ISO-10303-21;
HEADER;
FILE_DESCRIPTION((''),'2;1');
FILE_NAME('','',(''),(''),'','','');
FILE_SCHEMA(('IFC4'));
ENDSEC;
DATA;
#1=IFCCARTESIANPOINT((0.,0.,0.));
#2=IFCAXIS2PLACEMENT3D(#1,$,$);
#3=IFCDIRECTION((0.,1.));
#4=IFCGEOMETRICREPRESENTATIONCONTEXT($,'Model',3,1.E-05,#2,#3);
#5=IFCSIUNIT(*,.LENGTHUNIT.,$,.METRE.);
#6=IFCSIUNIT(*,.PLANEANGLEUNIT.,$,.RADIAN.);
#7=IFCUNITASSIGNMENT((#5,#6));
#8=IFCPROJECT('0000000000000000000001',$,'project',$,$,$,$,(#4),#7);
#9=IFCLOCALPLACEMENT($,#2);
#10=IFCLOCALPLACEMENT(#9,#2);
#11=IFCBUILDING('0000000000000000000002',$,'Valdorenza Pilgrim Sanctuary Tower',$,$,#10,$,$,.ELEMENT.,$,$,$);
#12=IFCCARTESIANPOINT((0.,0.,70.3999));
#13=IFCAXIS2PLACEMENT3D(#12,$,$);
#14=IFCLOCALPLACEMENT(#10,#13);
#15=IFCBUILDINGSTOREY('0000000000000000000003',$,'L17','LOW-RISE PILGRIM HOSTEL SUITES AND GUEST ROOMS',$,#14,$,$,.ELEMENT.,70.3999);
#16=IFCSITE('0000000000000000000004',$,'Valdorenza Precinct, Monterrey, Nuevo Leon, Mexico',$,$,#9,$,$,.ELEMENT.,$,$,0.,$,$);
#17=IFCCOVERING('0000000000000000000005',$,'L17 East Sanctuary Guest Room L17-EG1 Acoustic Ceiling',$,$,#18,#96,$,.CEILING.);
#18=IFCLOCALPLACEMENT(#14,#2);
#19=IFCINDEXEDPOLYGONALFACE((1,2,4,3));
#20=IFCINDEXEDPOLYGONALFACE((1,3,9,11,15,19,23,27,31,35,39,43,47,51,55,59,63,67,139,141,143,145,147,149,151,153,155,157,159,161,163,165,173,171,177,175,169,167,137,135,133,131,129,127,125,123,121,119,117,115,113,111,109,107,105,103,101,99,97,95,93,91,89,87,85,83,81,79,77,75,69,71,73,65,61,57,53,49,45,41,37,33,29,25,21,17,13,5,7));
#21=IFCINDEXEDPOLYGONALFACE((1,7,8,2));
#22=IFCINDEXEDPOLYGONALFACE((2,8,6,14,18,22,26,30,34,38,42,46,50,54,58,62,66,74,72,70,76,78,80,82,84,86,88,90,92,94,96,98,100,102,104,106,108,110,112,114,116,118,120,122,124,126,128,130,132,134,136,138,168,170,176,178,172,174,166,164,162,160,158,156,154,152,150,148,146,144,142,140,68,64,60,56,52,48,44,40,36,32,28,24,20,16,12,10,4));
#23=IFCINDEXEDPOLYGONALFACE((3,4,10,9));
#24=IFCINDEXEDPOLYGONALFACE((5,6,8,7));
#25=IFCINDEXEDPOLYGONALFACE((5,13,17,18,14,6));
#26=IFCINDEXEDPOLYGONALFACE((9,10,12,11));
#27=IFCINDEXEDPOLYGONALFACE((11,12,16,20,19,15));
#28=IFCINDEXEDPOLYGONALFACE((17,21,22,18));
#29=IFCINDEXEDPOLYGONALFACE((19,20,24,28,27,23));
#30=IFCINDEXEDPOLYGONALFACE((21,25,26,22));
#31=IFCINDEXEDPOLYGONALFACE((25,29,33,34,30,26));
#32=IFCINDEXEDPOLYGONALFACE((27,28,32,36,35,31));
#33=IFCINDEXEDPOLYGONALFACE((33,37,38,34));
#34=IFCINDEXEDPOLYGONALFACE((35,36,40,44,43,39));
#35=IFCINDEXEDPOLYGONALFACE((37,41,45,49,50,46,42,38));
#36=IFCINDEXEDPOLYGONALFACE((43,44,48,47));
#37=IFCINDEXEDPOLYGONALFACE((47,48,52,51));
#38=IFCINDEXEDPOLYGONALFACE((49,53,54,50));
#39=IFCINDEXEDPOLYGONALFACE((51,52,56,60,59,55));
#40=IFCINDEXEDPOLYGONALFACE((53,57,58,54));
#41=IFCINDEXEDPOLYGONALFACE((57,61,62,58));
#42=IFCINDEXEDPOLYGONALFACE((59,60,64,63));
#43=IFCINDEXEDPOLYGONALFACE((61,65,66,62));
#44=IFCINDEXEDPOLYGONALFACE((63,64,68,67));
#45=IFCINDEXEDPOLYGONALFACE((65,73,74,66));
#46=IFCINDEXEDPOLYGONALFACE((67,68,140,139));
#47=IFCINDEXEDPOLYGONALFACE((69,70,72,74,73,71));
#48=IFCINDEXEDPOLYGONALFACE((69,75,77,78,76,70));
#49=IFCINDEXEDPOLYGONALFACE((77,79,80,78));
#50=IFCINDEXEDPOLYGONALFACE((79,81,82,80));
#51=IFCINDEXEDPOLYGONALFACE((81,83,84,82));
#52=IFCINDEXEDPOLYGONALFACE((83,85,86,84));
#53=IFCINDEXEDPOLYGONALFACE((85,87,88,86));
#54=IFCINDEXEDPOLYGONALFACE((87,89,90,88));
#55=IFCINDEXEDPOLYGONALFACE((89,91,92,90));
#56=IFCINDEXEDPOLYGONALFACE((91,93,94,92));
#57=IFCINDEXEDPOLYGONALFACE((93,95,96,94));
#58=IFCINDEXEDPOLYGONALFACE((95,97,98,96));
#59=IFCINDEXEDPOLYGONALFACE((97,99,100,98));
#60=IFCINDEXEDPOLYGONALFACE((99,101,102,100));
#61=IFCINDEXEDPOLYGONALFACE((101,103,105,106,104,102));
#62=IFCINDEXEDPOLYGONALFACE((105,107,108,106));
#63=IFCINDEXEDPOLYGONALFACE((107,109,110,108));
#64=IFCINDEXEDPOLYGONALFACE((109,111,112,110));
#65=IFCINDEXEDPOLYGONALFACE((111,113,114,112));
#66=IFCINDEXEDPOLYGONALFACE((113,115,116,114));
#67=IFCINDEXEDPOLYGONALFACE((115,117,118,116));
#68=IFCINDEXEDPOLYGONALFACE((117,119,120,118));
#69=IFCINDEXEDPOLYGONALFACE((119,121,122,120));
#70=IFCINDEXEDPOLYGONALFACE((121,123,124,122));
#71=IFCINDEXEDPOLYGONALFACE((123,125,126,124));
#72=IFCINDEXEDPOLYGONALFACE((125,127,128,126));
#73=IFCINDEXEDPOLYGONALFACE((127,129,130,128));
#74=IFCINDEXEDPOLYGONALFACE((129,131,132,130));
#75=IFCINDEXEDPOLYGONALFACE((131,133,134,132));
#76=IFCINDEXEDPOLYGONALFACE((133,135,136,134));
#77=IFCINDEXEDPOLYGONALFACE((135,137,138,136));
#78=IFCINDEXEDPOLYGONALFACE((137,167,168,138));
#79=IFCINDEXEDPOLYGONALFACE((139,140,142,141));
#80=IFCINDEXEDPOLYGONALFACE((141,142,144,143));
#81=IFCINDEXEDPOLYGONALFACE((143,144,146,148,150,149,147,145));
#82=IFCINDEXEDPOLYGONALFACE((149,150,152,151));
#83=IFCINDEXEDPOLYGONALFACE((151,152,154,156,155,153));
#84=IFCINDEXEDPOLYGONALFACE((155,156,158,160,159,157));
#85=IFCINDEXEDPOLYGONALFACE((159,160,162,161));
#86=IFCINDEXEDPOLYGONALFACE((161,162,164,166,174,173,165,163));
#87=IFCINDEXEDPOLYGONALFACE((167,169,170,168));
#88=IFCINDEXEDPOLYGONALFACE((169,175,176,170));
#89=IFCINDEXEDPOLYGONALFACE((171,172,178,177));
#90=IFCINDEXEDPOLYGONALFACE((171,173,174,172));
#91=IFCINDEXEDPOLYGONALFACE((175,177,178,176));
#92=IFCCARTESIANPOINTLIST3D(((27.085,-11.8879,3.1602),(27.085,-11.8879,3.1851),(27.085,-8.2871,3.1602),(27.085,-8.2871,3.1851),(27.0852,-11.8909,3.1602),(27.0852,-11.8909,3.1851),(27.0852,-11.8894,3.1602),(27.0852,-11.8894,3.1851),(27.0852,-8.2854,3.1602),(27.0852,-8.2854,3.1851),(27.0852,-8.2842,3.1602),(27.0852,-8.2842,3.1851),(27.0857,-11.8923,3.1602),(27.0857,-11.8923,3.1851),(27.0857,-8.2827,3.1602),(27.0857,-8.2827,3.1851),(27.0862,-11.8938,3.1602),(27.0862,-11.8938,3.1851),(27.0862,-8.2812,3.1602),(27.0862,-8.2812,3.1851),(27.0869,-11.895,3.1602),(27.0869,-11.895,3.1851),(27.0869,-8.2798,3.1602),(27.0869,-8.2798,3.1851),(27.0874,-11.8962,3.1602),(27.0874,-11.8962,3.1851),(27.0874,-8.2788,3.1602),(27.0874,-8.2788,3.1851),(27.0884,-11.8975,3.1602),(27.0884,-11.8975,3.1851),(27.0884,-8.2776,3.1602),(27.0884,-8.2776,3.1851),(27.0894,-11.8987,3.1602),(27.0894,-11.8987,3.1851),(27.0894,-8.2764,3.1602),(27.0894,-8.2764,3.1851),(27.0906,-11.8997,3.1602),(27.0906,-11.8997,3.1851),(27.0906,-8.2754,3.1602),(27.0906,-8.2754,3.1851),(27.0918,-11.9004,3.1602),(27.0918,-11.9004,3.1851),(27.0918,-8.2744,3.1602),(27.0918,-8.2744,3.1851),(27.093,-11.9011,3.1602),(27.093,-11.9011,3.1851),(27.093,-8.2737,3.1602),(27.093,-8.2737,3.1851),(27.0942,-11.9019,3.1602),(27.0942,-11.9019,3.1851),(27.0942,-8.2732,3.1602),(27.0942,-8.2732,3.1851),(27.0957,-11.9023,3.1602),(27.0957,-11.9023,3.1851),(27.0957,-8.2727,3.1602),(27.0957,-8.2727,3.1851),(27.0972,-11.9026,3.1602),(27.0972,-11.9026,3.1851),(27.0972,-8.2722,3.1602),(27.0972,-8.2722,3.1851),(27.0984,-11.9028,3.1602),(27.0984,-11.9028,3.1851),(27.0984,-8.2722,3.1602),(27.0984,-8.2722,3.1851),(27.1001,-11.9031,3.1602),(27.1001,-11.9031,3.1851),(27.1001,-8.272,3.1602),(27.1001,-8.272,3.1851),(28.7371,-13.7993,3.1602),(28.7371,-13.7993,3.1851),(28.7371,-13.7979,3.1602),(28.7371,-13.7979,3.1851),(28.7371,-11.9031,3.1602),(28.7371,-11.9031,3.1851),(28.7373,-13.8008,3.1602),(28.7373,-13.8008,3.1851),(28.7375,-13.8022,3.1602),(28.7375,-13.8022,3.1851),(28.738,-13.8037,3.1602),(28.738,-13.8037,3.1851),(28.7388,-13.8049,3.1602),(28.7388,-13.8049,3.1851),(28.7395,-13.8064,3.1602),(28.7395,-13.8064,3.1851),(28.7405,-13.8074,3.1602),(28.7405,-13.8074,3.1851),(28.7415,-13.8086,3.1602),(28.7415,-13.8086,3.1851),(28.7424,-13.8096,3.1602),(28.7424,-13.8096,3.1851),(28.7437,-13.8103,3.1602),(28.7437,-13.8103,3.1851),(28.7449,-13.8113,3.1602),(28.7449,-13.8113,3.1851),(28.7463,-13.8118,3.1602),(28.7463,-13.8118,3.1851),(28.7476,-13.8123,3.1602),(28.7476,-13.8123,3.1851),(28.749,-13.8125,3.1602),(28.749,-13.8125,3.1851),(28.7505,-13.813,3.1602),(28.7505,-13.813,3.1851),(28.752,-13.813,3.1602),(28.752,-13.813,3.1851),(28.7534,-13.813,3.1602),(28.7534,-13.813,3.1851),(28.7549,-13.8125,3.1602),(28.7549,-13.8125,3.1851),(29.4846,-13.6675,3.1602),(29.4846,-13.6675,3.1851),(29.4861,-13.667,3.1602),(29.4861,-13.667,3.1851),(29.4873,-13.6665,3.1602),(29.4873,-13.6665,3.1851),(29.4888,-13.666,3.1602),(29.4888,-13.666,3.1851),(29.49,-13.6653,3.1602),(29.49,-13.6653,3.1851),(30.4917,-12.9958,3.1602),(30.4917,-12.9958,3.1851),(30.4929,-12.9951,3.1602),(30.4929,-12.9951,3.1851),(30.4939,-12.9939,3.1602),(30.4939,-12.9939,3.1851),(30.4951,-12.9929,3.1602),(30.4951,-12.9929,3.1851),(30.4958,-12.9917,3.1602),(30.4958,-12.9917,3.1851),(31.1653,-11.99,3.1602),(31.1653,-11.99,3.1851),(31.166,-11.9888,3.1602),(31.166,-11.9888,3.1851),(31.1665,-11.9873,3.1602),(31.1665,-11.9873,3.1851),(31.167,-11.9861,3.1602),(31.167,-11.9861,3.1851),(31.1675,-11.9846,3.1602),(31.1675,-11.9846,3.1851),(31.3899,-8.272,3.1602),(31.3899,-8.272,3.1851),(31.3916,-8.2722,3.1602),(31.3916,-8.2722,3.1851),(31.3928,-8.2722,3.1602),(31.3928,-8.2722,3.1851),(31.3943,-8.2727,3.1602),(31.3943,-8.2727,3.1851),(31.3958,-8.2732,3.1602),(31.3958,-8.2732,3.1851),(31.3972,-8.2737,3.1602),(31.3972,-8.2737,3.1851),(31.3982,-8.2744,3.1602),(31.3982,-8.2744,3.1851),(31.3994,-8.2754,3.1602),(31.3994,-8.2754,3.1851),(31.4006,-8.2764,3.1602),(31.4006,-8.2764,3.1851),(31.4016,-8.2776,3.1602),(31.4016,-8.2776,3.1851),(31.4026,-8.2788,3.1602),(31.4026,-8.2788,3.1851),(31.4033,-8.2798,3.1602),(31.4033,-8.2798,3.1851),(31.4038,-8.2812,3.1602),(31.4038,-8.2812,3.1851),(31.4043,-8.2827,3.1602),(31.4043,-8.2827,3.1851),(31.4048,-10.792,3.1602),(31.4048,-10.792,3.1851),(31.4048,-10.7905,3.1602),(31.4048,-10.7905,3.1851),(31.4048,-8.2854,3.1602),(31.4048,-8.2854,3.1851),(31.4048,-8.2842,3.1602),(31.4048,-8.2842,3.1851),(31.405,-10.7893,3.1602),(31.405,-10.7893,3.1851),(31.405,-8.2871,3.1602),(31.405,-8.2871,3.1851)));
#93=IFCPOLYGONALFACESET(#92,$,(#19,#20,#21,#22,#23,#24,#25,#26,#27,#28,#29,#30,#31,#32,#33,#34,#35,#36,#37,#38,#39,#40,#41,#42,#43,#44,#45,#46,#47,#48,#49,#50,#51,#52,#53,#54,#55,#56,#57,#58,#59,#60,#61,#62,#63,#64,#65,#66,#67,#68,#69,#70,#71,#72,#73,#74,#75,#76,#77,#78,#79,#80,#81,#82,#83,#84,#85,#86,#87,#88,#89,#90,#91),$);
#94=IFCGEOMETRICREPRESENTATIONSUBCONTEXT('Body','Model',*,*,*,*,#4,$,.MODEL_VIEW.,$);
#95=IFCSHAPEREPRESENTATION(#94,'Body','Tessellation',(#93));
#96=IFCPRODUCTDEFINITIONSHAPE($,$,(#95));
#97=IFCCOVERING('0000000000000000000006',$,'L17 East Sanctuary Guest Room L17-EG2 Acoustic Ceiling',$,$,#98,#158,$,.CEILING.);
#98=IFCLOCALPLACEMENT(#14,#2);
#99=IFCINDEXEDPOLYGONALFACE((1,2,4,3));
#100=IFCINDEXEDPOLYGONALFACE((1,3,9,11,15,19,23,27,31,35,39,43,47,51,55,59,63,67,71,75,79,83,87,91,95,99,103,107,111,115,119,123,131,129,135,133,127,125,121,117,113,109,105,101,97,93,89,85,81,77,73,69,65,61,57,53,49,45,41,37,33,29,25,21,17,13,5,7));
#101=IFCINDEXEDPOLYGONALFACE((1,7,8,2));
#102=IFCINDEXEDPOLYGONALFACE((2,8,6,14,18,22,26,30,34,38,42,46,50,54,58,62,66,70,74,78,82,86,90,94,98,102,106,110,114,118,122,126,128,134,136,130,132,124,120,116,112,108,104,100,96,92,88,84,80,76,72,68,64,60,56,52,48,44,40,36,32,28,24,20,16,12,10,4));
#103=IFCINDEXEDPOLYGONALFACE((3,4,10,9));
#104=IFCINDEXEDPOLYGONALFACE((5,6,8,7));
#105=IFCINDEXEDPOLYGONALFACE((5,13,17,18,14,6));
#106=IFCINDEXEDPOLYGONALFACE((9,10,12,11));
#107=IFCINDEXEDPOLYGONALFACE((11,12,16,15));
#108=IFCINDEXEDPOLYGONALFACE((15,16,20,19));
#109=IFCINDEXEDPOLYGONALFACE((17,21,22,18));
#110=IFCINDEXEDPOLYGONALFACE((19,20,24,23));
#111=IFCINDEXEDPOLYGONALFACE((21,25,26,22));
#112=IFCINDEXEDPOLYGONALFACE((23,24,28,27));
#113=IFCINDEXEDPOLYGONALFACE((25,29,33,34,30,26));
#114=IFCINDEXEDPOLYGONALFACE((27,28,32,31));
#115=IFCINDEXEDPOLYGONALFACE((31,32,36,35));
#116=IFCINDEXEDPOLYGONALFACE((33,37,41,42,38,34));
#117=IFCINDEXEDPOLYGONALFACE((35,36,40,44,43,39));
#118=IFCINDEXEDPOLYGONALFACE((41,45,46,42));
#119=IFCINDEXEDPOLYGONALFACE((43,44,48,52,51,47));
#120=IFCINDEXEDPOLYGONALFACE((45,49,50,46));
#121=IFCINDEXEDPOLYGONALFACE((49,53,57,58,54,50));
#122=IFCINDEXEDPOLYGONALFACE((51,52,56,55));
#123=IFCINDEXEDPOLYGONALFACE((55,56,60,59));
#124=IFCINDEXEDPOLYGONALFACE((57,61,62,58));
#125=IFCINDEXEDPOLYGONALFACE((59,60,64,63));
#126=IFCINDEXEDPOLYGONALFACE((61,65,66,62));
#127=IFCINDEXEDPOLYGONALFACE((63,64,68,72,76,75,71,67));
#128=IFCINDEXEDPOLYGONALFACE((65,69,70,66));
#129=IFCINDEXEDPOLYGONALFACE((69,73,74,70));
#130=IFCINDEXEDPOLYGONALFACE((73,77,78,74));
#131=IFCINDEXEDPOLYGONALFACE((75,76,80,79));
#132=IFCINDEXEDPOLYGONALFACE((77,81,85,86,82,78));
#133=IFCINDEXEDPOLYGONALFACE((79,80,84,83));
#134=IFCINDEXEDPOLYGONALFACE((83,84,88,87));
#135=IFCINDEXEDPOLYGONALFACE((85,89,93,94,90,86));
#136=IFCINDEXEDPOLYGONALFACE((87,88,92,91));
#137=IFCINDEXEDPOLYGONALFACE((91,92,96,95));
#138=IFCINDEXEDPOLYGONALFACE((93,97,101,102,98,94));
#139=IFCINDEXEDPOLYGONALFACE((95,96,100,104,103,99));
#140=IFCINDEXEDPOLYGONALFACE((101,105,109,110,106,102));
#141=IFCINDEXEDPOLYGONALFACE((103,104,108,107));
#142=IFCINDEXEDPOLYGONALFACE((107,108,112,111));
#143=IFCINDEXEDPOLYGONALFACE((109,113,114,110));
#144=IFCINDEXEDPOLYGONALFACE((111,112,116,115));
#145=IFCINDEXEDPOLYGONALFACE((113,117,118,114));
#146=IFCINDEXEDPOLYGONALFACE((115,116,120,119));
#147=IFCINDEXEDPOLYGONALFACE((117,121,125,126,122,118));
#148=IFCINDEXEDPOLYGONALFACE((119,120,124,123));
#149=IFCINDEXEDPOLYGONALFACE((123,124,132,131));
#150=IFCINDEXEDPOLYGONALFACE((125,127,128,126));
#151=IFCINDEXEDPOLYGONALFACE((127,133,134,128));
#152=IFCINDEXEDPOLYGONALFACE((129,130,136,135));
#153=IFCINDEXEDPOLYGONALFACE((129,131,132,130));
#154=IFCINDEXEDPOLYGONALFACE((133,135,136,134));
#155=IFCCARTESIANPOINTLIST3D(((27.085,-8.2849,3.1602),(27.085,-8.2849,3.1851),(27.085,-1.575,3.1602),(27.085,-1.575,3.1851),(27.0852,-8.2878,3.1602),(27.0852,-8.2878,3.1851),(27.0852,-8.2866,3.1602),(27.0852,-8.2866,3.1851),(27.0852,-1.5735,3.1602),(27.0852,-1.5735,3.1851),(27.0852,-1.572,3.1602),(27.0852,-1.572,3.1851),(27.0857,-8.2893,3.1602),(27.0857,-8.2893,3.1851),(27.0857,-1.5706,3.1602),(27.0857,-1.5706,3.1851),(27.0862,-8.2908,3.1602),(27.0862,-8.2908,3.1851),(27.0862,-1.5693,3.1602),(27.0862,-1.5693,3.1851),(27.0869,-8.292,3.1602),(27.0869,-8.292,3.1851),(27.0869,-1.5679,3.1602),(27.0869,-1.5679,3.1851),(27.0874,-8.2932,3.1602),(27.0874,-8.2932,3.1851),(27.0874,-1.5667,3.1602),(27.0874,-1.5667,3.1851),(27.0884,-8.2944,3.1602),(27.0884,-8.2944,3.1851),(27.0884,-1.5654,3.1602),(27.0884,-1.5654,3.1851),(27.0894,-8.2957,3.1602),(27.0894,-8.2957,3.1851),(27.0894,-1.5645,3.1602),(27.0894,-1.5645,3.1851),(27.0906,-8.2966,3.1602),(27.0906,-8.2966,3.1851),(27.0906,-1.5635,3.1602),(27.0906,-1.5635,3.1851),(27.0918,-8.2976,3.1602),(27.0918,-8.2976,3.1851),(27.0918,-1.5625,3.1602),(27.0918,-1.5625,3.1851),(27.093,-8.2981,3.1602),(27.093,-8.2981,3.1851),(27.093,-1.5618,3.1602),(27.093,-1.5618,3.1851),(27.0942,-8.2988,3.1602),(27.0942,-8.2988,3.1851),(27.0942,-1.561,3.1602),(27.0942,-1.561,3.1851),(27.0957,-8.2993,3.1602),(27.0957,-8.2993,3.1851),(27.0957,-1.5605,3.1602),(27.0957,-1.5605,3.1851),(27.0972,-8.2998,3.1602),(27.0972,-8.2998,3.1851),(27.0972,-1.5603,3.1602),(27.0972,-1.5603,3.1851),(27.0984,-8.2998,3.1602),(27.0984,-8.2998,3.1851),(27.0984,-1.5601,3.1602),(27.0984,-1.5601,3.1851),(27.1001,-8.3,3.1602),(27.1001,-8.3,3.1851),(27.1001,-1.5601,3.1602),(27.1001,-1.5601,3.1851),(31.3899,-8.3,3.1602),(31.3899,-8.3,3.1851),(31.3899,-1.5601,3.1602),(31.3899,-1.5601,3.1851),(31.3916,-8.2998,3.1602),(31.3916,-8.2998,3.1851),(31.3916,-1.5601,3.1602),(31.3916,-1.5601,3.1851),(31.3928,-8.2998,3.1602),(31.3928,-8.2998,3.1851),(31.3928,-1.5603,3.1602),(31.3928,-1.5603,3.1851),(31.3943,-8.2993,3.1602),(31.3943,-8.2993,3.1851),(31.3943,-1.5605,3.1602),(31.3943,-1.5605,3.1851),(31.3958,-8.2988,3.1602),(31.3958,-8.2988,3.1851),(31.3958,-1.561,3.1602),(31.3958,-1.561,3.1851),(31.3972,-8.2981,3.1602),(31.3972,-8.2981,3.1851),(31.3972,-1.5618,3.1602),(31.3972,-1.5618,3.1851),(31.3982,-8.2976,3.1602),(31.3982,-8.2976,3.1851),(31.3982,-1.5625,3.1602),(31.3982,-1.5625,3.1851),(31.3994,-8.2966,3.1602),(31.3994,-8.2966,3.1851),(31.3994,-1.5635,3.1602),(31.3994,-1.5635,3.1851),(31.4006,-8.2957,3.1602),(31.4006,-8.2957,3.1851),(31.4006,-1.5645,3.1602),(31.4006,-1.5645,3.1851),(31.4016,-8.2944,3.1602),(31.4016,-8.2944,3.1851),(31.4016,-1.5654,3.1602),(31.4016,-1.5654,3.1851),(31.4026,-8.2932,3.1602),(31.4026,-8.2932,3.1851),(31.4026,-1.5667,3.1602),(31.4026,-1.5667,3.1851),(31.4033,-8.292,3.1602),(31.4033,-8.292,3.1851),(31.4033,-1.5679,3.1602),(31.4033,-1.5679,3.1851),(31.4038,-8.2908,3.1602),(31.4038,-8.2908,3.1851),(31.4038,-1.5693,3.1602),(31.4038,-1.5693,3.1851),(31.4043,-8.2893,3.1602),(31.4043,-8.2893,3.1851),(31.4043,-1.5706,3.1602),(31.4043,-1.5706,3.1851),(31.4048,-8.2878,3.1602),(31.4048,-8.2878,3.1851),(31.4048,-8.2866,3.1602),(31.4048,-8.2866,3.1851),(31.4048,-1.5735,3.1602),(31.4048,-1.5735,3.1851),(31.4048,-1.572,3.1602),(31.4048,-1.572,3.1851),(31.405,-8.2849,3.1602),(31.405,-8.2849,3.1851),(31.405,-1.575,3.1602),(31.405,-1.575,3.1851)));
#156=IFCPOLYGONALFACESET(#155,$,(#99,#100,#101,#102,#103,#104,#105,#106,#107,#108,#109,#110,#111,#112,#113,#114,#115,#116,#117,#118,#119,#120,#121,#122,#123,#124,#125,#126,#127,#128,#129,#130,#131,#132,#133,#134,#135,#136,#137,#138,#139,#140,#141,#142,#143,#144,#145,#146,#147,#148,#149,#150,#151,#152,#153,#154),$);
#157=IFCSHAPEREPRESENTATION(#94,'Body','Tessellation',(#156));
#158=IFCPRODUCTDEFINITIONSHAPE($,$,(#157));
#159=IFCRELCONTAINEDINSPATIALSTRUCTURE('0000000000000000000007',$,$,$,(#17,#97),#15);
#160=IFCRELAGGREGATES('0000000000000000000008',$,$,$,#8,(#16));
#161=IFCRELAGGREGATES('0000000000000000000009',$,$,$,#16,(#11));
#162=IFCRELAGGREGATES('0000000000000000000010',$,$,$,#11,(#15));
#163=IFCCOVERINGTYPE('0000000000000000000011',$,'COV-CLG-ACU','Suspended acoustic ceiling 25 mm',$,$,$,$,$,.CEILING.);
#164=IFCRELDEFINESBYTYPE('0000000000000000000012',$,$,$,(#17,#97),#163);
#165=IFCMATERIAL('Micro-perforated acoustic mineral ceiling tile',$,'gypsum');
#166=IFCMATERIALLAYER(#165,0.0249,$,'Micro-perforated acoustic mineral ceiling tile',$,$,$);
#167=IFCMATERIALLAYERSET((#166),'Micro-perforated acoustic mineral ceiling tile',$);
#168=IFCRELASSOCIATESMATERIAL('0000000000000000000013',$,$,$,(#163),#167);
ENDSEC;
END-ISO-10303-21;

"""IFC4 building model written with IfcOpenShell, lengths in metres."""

from ifc_helpers import new_model, si_unit, direction, frame, origin, place, context, subcontext, project, spatial, polyline, outline, extrude, material, layer, layer_set, type_object, element, save


model = new_model("IFC4")

# Units and contexts
model_context = context("Model", 3, precision=1e-05, world=origin(), true_north=direction((0.0, 1.0)))
body_context = subcontext(model_context, "Body", "Model", "MODEL_VIEW")
ifc_project = project(units=[si_unit("LENGTHUNIT", "METRE"), si_unit("PLANEANGLEUNIT", "RADIAN")], contexts=[model_context])

# Site, building, storey
site_placement = place(None, origin())
site = spatial("IfcSite", under=ifc_project, at=site_placement, Name="Valdorenza Precinct, Monterrey, Nuevo Leon, Mexico", CompositionType="ELEMENT", RefElevation=0.0)
building_placement = place(site_placement, origin())
building = spatial("IfcBuilding", under=site, at=building_placement, Name="Valdorenza Pilgrim Sanctuary Tower", CompositionType="ELEMENT")
storey_placement = place(building_placement, frame((0.0, 0.0, 70.3999)))
storey = spatial("IfcBuildingStorey", under=building, at=storey_placement, Name="L17", Description="LOW-RISE PILGRIM HOSTEL SUITES AND GUEST ROOMS", CompositionType="ELEMENT", Elevation=70.3999)

# Coverings
ifc_material_1 = material(Name="Micro-perforated acoustic mineral ceiling tile", Category="gypsum")
ifc_layer_1 = layer(ifc_material_1, 0.0249, Name="Micro-perforated acoustic mineral ceiling tile")
ifc_layer_set_1 = layer_set([ifc_layer_1], Name="Micro-perforated acoustic mineral ceiling tile")
covering_type_1 = type_object("IfcCoveringType", Name="COV-CLG-ACU", Description="Suspended acoustic ceiling 25 mm", PredefinedType="CEILING", material=ifc_layer_set_1)
covering_1_placement = place(storey_placement, frame((0.0, 0.0, 3.1602)))
element("IfcCovering", 1, at=covering_1_placement, inside=storey, type_object=covering_type_1, Name="L17 East Sanctuary Guest Room L17-EG1 Acoustic Ceiling", PredefinedType="CEILING", context=body_context, shape_type="SweptSolid", body=[
    extrude(outline(polyline([(28.7371, -11.9031), (27.1001, -11.9031), (27.0984, -11.9028), (27.0972, -11.9026), (27.0957, -11.9023), (27.0942, -11.9019), (27.093, -11.9011), (27.0918, -11.9004), (27.0906, -11.8997), (27.0894, -11.8987), (27.0884, -11.8975), (27.0874, -11.8962), (27.0869, -11.895), (27.0862, -11.8938), (27.0857, -11.8923), (27.0852, -11.8909), (27.0852, -11.8894), (27.085, -11.8879), (27.085, -8.2871), (27.0852, -8.2854), (27.0852, -8.2842), (27.0857, -8.2827), (27.0862, -8.2812), (27.0869, -8.2798), (27.0874, -8.2788), (27.0884, -8.2776), (27.0894, -8.2764), (27.0906, -8.2754), (27.0918, -8.2744), (27.093, -8.2737), (27.0942, -8.2732), (27.0957, -8.2727), (27.0972, -8.2722), (27.0984, -8.2722), (27.1001, -8.272), (31.3899, -8.272), (31.3916, -8.2722), (31.3928, -8.2722), (31.3943, -8.2727), (31.3958, -8.2732), (31.3972, -8.2737), (31.3982, -8.2744), (31.3994, -8.2754), (31.4006, -8.2764), (31.4016, -8.2776), (31.4026, -8.2788), (31.4033, -8.2798), (31.4038, -8.2812), (31.4043, -8.2827), (31.4048, -8.2842), (31.4048, -8.2854), (31.405, -8.2871), (31.405, -10.7893), (31.4048, -10.7905), (31.4048, -10.792), (31.1675, -11.9846), (31.167, -11.9861), (31.1665, -11.9873), (31.166, -11.9888), (31.1653, -11.99), (30.4958, -12.9917), (30.4951, -12.9929), (30.4939, -12.9939), (30.4929, -12.9951), (30.4917, -12.9958), (29.49, -13.6653), (29.4888, -13.666), (29.4873, -13.6665), (29.4861, -13.667), (29.4846, -13.6675), (28.7549, -13.8125), (28.7534, -13.813), (28.752, -13.813), (28.7505, -13.813), (28.749, -13.8125), (28.7476, -13.8123), (28.7463, -13.8118), (28.7449, -13.8113), (28.7437, -13.8103), (28.7424, -13.8096), (28.7415, -13.8086), (28.7405, -13.8074), (28.7395, -13.8064), (28.7388, -13.8049), (28.738, -13.8037), (28.7375, -13.8022), (28.7373, -13.8008), (28.7371, -13.7993), (28.7371, -13.7979), (28.7371, -11.9031)])), origin(), (0.0, 0.0, 1.0), 0.0249),
])
covering_2_placement = place(storey_placement, frame((0.0, 0.0, 3.1602)))
element("IfcCovering", 2, at=covering_2_placement, inside=storey, type_object=covering_type_1, Name="L17 East Sanctuary Guest Room L17-EG2 Acoustic Ceiling", PredefinedType="CEILING", context=body_context, shape_type="SweptSolid", body=[
    extrude(outline(polyline([(31.3899, -1.5601), (31.3916, -1.5601), (31.3928, -1.5603), (31.3943, -1.5605), (31.3958, -1.561), (31.3972, -1.5618), (31.3982, -1.5625), (31.3994, -1.5635), (31.4006, -1.5645), (31.4016, -1.5654), (31.4026, -1.5667), (31.4033, -1.5679), (31.4038, -1.5693), (31.4043, -1.5706), (31.4048, -1.572), (31.4048, -1.5735), (31.405, -1.575), (31.405, -8.2849), (31.4048, -8.2866), (31.4048, -8.2878), (31.4043, -8.2893), (31.4038, -8.2908), (31.4033, -8.292), (31.4026, -8.2932), (31.4016, -8.2944), (31.4006, -8.2957), (31.3994, -8.2966), (31.3982, -8.2976), (31.3972, -8.2981), (31.3958, -8.2988), (31.3943, -8.2993), (31.3928, -8.2998), (31.3916, -8.2998), (31.3899, -8.3), (27.1001, -8.3), (27.0984, -8.2998), (27.0972, -8.2998), (27.0957, -8.2993), (27.0942, -8.2988), (27.093, -8.2981), (27.0918, -8.2976), (27.0906, -8.2966), (27.0894, -8.2957), (27.0884, -8.2944), (27.0874, -8.2932), (27.0869, -8.292), (27.0862, -8.2908), (27.0857, -8.2893), (27.0852, -8.2878), (27.0852, -8.2866), (27.085, -8.2849), (27.085, -1.575), (27.0852, -1.5735), (27.0852, -1.572), (27.0857, -1.5706), (27.0862, -1.5693), (27.0869, -1.5679), (27.0874, -1.5667), (27.0884, -1.5654), (27.0894, -1.5645), (27.0906, -1.5635), (27.0918, -1.5625), (27.093, -1.5618), (27.0942, -1.561), (27.0957, -1.5605), (27.0972, -1.5603), (27.0984, -1.5601), (27.1001, -1.5601), (31.3899, -1.5601)])), origin(), (0.0, 0.0, 1.0), 0.0249),
])

save(model, "model.ifc")
